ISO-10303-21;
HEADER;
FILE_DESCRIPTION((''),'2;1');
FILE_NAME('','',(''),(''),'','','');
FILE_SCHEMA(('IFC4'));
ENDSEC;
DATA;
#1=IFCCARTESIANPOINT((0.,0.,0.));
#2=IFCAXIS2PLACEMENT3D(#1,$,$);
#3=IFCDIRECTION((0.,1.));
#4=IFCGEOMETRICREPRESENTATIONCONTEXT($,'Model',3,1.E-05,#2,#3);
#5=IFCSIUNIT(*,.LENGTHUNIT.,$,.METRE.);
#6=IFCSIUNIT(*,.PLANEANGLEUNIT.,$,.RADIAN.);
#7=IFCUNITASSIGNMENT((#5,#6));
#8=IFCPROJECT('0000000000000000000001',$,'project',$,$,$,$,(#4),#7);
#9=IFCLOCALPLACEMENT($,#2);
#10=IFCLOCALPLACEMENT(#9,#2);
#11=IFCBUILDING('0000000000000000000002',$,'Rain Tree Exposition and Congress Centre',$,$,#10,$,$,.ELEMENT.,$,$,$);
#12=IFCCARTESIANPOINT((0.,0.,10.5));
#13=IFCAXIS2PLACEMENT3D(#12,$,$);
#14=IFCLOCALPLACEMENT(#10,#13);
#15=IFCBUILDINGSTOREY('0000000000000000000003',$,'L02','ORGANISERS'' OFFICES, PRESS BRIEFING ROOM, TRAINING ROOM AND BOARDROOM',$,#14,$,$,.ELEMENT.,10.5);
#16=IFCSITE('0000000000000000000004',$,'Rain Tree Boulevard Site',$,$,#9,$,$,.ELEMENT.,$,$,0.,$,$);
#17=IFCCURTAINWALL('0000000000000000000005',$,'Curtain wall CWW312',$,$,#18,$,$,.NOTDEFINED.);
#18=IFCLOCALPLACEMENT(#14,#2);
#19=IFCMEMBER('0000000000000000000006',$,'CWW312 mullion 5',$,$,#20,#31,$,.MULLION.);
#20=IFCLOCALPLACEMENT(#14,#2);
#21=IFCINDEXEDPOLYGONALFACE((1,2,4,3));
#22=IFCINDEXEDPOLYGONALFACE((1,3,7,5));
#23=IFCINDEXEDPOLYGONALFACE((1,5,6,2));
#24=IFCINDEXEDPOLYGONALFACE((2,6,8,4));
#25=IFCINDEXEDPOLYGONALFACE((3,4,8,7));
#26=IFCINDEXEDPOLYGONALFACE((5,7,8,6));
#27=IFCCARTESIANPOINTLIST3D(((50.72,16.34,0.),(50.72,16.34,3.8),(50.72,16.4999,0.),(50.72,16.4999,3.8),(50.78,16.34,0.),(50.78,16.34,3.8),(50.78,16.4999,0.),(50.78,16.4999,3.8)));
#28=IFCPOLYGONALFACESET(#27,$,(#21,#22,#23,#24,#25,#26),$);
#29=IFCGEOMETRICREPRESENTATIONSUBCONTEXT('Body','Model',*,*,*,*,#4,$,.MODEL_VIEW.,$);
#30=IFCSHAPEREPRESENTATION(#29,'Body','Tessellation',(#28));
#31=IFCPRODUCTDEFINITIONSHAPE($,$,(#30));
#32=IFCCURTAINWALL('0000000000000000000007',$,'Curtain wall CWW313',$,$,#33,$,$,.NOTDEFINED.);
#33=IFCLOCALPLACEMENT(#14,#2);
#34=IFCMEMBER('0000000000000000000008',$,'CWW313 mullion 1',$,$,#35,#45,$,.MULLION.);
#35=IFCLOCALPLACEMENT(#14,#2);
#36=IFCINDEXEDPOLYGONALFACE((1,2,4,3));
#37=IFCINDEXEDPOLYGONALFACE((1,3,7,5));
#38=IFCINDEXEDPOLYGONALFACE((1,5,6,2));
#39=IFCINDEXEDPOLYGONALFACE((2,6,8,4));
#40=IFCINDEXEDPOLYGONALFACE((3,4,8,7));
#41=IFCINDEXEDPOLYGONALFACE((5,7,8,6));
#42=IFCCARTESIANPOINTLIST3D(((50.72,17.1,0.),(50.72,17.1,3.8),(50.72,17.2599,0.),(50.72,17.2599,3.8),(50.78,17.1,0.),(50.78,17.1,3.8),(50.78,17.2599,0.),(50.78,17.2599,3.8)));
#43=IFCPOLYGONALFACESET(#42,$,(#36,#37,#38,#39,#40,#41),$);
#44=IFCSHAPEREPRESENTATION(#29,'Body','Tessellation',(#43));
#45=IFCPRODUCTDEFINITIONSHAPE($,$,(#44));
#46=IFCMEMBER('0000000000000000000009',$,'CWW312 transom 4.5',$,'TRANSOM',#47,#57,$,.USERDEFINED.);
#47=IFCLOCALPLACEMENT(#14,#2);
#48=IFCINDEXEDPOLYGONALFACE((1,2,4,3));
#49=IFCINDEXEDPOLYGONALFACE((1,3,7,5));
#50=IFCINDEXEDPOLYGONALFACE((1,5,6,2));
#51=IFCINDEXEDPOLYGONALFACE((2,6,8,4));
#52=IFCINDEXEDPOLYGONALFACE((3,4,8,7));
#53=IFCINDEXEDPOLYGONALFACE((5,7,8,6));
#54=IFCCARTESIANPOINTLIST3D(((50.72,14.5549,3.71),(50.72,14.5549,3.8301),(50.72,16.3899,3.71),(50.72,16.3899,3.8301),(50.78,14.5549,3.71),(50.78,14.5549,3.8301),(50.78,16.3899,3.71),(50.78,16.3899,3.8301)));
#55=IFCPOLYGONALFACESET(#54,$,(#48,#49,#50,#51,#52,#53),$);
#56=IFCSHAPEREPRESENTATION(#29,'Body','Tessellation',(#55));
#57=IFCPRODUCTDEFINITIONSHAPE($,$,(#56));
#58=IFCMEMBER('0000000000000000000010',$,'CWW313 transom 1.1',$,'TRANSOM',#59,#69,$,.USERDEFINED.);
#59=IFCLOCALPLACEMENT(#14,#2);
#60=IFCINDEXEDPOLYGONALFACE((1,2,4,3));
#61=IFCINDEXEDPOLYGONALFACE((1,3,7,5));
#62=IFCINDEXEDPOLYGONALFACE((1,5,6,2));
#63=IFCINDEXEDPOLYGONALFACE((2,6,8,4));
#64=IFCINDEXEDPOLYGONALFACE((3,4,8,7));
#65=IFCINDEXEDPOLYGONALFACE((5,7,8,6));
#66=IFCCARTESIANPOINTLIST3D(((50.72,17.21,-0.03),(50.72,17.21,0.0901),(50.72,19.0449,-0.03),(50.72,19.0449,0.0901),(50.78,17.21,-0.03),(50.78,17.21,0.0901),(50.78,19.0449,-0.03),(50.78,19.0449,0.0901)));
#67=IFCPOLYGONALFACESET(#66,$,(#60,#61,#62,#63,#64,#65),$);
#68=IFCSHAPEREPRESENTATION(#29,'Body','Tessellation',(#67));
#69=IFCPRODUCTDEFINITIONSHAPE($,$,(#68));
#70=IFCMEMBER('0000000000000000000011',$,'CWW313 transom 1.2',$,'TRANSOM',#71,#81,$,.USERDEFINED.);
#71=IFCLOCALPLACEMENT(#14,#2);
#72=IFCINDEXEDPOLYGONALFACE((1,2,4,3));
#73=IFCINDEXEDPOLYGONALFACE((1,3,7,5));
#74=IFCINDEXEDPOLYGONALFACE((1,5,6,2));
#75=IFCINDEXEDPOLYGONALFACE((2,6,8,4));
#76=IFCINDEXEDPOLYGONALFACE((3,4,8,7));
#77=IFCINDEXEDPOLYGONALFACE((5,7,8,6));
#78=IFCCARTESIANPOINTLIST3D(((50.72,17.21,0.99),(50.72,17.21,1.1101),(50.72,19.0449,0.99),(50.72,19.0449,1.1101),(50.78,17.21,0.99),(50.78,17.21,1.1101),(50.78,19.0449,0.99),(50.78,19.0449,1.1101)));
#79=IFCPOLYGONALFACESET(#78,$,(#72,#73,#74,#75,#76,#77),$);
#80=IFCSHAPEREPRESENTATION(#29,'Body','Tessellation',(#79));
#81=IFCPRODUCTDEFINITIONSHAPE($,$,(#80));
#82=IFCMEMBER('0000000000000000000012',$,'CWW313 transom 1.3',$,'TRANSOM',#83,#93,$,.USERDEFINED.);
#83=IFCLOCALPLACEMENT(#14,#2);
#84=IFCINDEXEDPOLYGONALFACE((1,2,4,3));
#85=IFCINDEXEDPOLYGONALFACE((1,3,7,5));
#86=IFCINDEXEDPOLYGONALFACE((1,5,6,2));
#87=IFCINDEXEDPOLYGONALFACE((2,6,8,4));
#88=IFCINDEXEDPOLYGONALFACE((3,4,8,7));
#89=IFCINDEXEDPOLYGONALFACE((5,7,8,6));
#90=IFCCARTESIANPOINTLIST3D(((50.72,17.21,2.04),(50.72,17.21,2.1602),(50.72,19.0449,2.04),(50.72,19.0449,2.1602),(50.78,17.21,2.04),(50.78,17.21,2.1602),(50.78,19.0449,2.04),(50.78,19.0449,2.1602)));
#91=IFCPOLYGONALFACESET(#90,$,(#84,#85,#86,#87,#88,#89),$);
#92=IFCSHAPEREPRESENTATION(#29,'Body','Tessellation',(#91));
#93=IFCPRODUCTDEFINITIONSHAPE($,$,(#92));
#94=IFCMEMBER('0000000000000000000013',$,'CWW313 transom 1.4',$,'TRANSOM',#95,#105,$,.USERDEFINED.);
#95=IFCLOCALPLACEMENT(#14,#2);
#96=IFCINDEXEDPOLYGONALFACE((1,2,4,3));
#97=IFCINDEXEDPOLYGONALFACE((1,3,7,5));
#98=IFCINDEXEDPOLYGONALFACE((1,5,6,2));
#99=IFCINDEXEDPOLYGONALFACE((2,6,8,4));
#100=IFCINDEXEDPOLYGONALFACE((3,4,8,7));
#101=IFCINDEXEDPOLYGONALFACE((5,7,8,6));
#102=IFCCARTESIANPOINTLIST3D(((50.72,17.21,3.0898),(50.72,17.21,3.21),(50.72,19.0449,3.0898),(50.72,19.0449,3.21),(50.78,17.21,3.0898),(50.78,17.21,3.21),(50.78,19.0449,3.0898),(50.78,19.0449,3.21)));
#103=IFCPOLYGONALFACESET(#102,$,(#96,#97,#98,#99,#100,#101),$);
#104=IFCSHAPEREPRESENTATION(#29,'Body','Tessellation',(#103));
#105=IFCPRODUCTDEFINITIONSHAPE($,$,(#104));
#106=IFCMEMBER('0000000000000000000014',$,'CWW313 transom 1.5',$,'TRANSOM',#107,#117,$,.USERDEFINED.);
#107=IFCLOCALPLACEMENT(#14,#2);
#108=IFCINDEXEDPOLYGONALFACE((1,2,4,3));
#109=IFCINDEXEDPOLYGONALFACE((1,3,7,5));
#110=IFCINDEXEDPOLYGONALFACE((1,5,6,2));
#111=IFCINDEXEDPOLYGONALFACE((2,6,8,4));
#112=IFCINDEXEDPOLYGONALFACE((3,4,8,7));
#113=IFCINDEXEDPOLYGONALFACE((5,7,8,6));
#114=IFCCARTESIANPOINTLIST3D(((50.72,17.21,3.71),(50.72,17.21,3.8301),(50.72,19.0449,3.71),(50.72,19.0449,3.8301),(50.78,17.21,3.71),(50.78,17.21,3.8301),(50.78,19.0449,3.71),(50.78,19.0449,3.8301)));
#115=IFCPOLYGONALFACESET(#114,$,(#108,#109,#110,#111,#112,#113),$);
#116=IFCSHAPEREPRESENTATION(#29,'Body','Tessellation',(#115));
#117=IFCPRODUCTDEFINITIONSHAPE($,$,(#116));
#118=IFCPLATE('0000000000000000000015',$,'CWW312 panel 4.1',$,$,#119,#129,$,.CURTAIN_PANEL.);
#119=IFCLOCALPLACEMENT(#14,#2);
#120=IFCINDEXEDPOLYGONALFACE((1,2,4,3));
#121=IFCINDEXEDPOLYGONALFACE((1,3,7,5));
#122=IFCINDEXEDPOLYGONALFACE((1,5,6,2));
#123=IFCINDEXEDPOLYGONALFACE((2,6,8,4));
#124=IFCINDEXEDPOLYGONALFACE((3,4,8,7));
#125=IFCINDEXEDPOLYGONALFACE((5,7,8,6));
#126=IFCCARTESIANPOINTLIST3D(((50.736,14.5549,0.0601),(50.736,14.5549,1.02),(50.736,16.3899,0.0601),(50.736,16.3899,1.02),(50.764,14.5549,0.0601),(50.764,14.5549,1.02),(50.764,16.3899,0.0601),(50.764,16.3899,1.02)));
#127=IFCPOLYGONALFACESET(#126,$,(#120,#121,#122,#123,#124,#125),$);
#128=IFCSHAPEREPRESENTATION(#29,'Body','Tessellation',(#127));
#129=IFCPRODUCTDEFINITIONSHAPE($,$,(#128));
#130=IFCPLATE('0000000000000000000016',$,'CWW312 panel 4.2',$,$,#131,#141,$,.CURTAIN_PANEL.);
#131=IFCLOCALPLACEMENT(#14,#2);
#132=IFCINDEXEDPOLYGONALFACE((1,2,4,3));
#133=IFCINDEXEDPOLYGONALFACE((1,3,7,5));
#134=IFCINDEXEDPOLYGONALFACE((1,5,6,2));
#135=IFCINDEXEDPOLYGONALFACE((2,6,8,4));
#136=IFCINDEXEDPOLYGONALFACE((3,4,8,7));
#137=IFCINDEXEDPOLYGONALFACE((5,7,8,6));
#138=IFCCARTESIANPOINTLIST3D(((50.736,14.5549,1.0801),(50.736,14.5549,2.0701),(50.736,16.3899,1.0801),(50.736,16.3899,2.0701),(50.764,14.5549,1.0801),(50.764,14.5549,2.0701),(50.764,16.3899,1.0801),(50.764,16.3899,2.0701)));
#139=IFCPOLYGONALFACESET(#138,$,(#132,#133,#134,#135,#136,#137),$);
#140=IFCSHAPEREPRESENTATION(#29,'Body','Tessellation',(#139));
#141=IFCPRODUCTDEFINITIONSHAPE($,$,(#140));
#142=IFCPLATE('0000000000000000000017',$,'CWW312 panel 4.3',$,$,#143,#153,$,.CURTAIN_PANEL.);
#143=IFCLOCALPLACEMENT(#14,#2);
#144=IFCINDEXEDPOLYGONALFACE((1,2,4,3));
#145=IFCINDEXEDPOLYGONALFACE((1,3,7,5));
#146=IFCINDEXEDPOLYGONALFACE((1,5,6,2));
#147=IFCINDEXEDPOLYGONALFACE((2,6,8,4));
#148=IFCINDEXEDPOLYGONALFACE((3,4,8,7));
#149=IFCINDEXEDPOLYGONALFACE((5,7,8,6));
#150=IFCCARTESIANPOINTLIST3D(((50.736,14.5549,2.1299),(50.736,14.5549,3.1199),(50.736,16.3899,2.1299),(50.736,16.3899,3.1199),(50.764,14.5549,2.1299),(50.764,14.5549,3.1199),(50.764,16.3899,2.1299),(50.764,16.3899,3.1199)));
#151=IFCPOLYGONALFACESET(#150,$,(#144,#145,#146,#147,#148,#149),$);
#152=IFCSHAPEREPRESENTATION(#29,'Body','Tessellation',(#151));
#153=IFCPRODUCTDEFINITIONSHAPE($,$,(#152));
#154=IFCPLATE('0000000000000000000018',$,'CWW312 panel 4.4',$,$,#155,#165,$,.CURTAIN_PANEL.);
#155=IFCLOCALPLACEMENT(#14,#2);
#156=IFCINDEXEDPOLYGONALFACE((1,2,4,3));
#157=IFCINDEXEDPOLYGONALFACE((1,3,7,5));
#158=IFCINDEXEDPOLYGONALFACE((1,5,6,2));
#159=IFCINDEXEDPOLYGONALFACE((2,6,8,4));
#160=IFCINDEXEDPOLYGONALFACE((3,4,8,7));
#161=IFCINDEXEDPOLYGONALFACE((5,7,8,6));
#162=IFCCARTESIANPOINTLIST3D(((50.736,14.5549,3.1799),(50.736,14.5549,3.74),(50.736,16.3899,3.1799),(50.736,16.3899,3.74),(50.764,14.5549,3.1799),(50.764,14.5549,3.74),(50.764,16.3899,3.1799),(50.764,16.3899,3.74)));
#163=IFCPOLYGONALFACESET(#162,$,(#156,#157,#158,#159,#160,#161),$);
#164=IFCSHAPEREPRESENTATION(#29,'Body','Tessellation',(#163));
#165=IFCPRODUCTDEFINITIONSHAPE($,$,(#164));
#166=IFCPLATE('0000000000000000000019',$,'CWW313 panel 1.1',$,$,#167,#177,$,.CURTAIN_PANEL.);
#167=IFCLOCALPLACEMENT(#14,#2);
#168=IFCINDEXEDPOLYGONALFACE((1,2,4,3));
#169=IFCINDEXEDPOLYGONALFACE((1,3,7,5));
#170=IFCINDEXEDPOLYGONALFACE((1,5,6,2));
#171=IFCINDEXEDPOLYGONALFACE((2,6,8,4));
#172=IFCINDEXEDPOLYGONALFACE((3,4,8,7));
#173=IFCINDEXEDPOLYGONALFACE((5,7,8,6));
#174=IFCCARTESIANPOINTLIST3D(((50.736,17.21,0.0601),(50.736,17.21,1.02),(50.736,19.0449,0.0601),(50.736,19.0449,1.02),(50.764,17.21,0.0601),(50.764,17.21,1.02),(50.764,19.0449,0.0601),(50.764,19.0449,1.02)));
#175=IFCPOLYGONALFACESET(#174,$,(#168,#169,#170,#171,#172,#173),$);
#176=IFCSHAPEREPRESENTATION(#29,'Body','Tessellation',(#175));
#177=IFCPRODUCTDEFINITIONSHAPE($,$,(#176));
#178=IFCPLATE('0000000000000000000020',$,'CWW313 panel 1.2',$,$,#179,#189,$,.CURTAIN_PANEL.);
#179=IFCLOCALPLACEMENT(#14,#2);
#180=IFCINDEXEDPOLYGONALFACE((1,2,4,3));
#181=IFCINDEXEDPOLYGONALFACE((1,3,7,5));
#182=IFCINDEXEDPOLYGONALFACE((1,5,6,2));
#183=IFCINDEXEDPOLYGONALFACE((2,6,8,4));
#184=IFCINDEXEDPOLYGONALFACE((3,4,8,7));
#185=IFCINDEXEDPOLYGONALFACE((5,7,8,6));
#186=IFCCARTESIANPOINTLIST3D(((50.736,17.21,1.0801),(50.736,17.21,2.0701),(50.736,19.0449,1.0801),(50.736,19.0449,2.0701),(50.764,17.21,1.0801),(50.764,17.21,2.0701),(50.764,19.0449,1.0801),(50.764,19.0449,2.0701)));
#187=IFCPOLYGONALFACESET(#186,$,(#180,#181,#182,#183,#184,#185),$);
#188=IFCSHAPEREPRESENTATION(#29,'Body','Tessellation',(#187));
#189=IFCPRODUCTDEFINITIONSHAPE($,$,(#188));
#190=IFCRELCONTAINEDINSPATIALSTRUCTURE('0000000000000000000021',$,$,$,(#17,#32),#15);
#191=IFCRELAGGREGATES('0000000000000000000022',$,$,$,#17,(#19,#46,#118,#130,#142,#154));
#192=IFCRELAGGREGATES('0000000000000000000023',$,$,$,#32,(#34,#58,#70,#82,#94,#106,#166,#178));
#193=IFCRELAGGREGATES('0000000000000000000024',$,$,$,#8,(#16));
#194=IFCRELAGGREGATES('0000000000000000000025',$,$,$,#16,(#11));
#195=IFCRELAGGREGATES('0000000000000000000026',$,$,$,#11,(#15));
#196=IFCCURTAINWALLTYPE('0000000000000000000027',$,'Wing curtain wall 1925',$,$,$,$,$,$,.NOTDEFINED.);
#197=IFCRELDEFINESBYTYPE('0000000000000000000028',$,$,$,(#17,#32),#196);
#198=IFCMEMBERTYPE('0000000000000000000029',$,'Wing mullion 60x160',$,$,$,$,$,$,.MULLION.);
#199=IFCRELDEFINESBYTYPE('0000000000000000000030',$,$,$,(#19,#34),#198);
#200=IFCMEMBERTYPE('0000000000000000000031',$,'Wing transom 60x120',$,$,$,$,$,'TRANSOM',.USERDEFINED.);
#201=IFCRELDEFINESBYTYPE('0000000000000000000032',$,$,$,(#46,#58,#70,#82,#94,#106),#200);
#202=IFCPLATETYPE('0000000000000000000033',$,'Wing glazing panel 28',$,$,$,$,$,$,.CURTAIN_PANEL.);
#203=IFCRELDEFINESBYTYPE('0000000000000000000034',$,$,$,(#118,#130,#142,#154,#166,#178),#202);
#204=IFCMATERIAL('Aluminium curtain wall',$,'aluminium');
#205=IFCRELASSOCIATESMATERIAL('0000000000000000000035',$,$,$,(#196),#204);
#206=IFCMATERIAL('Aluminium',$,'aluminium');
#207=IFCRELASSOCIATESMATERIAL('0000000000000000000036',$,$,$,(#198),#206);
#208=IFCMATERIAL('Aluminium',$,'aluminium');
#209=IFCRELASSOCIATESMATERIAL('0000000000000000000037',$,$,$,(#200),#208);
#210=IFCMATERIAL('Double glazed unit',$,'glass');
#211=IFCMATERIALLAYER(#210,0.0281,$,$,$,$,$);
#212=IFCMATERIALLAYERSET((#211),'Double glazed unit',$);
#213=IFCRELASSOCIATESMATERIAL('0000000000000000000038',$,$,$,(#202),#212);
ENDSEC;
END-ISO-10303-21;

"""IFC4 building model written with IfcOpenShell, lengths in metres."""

from ifc_helpers import new_model, si_unit, direction, frame, origin, origin_2d, place, context, subcontext, project, spatial, rectangle, extrude, material, layer, layer_set, material_profile, profile_set, type_object, element, aggregate, save


model = new_model("IFC4")

# Units and contexts
model_context = context("Model", 3, precision=1e-05, world=origin(), true_north=direction((0.0, 1.0)))
body_context = subcontext(model_context, "Body", "Model", "MODEL_VIEW")
ifc_project = project(units=[si_unit("LENGTHUNIT", "METRE"), si_unit("PLANEANGLEUNIT", "RADIAN")], contexts=[model_context])

# Site, building, storey
site_placement = place(None, origin())
site = spatial("IfcSite", under=ifc_project, at=site_placement, Name="Rain Tree Boulevard Site", CompositionType="ELEMENT", RefElevation=0.0)
building_placement = place(site_placement, origin())
building = spatial("IfcBuilding", under=site, at=building_placement, Name="Rain Tree Exposition and Congress Centre", CompositionType="ELEMENT")
storey_placement = place(building_placement, frame((0.0, 0.0, 10.5)))
storey = spatial("IfcBuildingStorey", under=building, at=storey_placement, Name="L02", Description="ORGANISERS' OFFICES, PRESS BRIEFING ROOM, TRAINING ROOM AND BOARDROOM", CompositionType="ELEMENT", Elevation=10.5)

# Curtain walls, members
ifc_material_1 = material(Name="Aluminium curtain wall", Category="aluminium")
curtain_wall_type = type_object("IfcCurtainWallType", Name="Wing curtain wall 1925", PredefinedType="NOTDEFINED", material=ifc_material_1)
curtain_wall_1_placement = place(storey_placement, origin())
curtain_wall_1 = element("IfcCurtainWall", 1, at=curtain_wall_1_placement, inside=storey, type_object=curtain_wall_type, Name="Curtain wall CWW312", PredefinedType="NOTDEFINED")
ifc_material_2 = material(Name="Aluminium", Category="aluminium")
ifc_material_profile_1 = material_profile(ifc_material_2, rectangle(XDim=0.0601, YDim=0.1599, at=origin_2d()), Name="Aluminium 60x160")
ifc_profile_set_1 = profile_set([ifc_material_profile_1], Name="Aluminium")
member_type_1 = type_object("IfcMemberType", Name="Wing mullion 60x160", PredefinedType="MULLION", material=ifc_profile_set_1)
member_1_placement = place(storey_placement, frame((50.75, 16.4199, 0.0), z_axis=(0.0, 0.0, 1.0), x_axis=(-1.0, 0.0, 0.0)))
member_1 = element("IfcMember", 2, at=member_1_placement, type_object=member_type_1, Name="CWW312 mullion 5", PredefinedType="MULLION", context=body_context, shape_type="SweptSolid", body=[
    extrude(rectangle(XDim=0.0601, YDim=0.1599, at=origin_2d()), origin(), (0.0, 0.0, 1.0), 3.8),
])
curtain_wall_2_placement = place(storey_placement, origin())
curtain_wall_2 = element("IfcCurtainWall", 3, at=curtain_wall_2_placement, inside=storey, type_object=curtain_wall_type, Name="Curtain wall CWW313", PredefinedType="NOTDEFINED")
member_2_placement = place(storey_placement, frame((50.75, 17.1799, 0.0), z_axis=(0.0, 0.0, 1.0), x_axis=(-1.0, 0.0, 0.0)))
member_2 = element("IfcMember", 4, at=member_2_placement, type_object=member_type_1, Name="CWW313 mullion 1", PredefinedType="MULLION", context=body_context, shape_type="SweptSolid", body=[
    extrude(rectangle(XDim=0.0601, YDim=0.1599, at=origin_2d()), origin(), (0.0, 0.0, 1.0), 3.8),
])

# Members
ifc_material_3 = material(Name="Aluminium", Category="aluminium")
ifc_material_profile_2 = material_profile(ifc_material_3, rectangle(XDim=0.0601, YDim=0.1201, at=origin_2d()), Name="Aluminium 60x120")
ifc_profile_set_2 = profile_set([ifc_material_profile_2], Name="Aluminium")
member_type_2 = type_object("IfcMemberType", Name="Wing transom 60x120", ElementType="TRANSOM", PredefinedType="USERDEFINED", material=ifc_profile_set_2)
member_3_placement = place(storey_placement, frame((50.75, 14.5549, 3.77), z_axis=(0.0, 1.0, 0.0), x_axis=(-1.0, 0.0, 0.0)))
member_3 = element("IfcMember", 5, at=member_3_placement, type_object=member_type_2, Name="CWW312 transom 4.5", ObjectType="TRANSOM", PredefinedType="USERDEFINED", context=body_context, shape_type="SweptSolid", body=[
    extrude(rectangle(XDim=0.0601, YDim=0.1201, at=origin_2d()), origin(), (0.0, 0.0, 1.0), 1.835),
])
member_4_placement = place(storey_placement, frame((50.75, 17.21, 0.03), z_axis=(0.0, 1.0, 0.0), x_axis=(-1.0, 0.0, 0.0)))
member_4 = element("IfcMember", 6, at=member_4_placement, type_object=member_type_2, Name="CWW313 transom 1.1", ObjectType="TRANSOM", PredefinedType="USERDEFINED", context=body_context, shape_type="SweptSolid", body=[
    extrude(rectangle(XDim=0.0601, YDim=0.1201, at=origin_2d()), origin(), (0.0, 0.0, 1.0), 1.835),
])
member_5_placement = place(storey_placement, frame((50.75, 17.21, 1.05), z_axis=(0.0, 1.0, 0.0), x_axis=(-1.0, 0.0, 0.0)))
member_5 = element("IfcMember", 7, at=member_5_placement, type_object=member_type_2, Name="CWW313 transom 1.2", ObjectType="TRANSOM", PredefinedType="USERDEFINED", context=body_context, shape_type="SweptSolid", body=[
    extrude(rectangle(XDim=0.0601, YDim=0.1201, at=origin_2d()), origin(), (0.0, 0.0, 1.0), 1.835),
])
member_6_placement = place(storey_placement, frame((50.75, 17.21, 2.1001), z_axis=(0.0, 1.0, 0.0), x_axis=(-1.0, 0.0, 0.0)))
member_6 = element("IfcMember", 8, at=member_6_placement, type_object=member_type_2, Name="CWW313 transom 1.3", ObjectType="TRANSOM", PredefinedType="USERDEFINED", context=body_context, shape_type="SweptSolid", body=[
    extrude(rectangle(XDim=0.0601, YDim=0.1201, at=origin_2d()), origin(), (0.0, 0.0, 1.0), 1.835),
])
member_7_placement = place(storey_placement, frame((50.75, 17.21, 3.1499), z_axis=(0.0, 1.0, 0.0), x_axis=(-1.0, 0.0, 0.0)))
member_7 = element("IfcMember", 9, at=member_7_placement, type_object=member_type_2, Name="CWW313 transom 1.4", ObjectType="TRANSOM", PredefinedType="USERDEFINED", context=body_context, shape_type="SweptSolid", body=[
    extrude(rectangle(XDim=0.0601, YDim=0.1201, at=origin_2d()), origin(), (0.0, 0.0, 1.0), 1.835),
])
member_8_placement = place(storey_placement, frame((50.75, 17.21, 3.77), z_axis=(0.0, 1.0, 0.0), x_axis=(-1.0, 0.0, 0.0)))
member_8 = element("IfcMember", 10, at=member_8_placement, type_object=member_type_2, Name="CWW313 transom 1.5", ObjectType="TRANSOM", PredefinedType="USERDEFINED", context=body_context, shape_type="SweptSolid", body=[
    extrude(rectangle(XDim=0.0601, YDim=0.1201, at=origin_2d()), origin(), (0.0, 0.0, 1.0), 1.835),
])

# Plates
ifc_material_4 = material(Name="Double glazed unit", Category="glass")
ifc_layer_1 = layer(ifc_material_4, 0.0281)
ifc_layer_set_1 = layer_set([ifc_layer_1], Name="Double glazed unit")
plate_type = type_object("IfcPlateType", Name="Wing glazing panel 28", PredefinedType="CURTAIN_PANEL", material=ifc_layer_set_1)
plate_1_placement = place(storey_placement, frame((50.75, 15.4724, 0.0601), z_axis=(0.0, 0.0, 1.0), x_axis=(0.0, 1.0, 0.0)))
plate_1 = element("IfcPlate", 11, at=plate_1_placement, type_object=plate_type, Name="CWW312 panel 4.1", PredefinedType="CURTAIN_PANEL", context=body_context, shape_type="SweptSolid", body=[
    extrude(rectangle(XDim=1.835, YDim=0.0281, at=origin_2d()), origin(), (0.0, 0.0, 1.0), 0.96),
])
plate_2_placement = place(storey_placement, frame((50.75, 15.4724, 1.0801), z_axis=(0.0, 0.0, 1.0), x_axis=(0.0, 1.0, 0.0)))
plate_2 = element("IfcPlate", 12, at=plate_2_placement, type_object=plate_type, Name="CWW312 panel 4.2", PredefinedType="CURTAIN_PANEL", context=body_context, shape_type="SweptSolid", body=[
    extrude(rectangle(XDim=1.835, YDim=0.0281, at=origin_2d()), origin(), (0.0, 0.0, 1.0), 0.99),
])
plate_3_placement = place(storey_placement, frame((50.75, 15.4724, 2.1299), z_axis=(0.0, 0.0, 1.0), x_axis=(0.0, 1.0, 0.0)))
plate_3 = element("IfcPlate", 13, at=plate_3_placement, type_object=plate_type, Name="CWW312 panel 4.3", PredefinedType="CURTAIN_PANEL", context=body_context, shape_type="SweptSolid", body=[
    extrude(rectangle(XDim=1.835, YDim=0.0281, at=origin_2d()), origin(), (0.0, 0.0, 1.0), 0.99),
])
plate_4_placement = place(storey_placement, frame((50.75, 15.4724, 3.1799), z_axis=(0.0, 0.0, 1.0), x_axis=(0.0, 1.0, 0.0)))
plate_4 = element("IfcPlate", 14, at=plate_4_placement, type_object=plate_type, Name="CWW312 panel 4.4", PredefinedType="CURTAIN_PANEL", context=body_context, shape_type="SweptSolid", body=[
    extrude(rectangle(XDim=1.835, YDim=0.0281, at=origin_2d()), origin(), (0.0, 0.0, 1.0), 0.5601),
])
aggregate(curtain_wall_1, [member_1, member_3, plate_1, plate_2, plate_3, plate_4])
plate_5_placement = place(storey_placement, frame((50.75, 18.1274, 0.0601), z_axis=(0.0, 0.0, 1.0), x_axis=(0.0, 1.0, 0.0)))
plate_5 = element("IfcPlate", 15, at=plate_5_placement, type_object=plate_type, Name="CWW313 panel 1.1", PredefinedType="CURTAIN_PANEL", context=body_context, shape_type="SweptSolid", body=[
    extrude(rectangle(XDim=1.835, YDim=0.0281, at=origin_2d()), origin(), (0.0, 0.0, 1.0), 0.96),
])
plate_6_placement = place(storey_placement, frame((50.75, 18.1274, 1.0801), z_axis=(0.0, 0.0, 1.0), x_axis=(0.0, 1.0, 0.0)))
plate_6 = element("IfcPlate", 16, at=plate_6_placement, type_object=plate_type, Name="CWW313 panel 1.2", PredefinedType="CURTAIN_PANEL", context=body_context, shape_type="SweptSolid", body=[
    extrude(rectangle(XDim=1.835, YDim=0.0281, at=origin_2d()), origin(), (0.0, 0.0, 1.0), 0.99),
])
aggregate(curtain_wall_2, [member_2, member_4, member_5, member_6, member_7, member_8, plate_5, plate_6])

save(model, "model.ifc")
